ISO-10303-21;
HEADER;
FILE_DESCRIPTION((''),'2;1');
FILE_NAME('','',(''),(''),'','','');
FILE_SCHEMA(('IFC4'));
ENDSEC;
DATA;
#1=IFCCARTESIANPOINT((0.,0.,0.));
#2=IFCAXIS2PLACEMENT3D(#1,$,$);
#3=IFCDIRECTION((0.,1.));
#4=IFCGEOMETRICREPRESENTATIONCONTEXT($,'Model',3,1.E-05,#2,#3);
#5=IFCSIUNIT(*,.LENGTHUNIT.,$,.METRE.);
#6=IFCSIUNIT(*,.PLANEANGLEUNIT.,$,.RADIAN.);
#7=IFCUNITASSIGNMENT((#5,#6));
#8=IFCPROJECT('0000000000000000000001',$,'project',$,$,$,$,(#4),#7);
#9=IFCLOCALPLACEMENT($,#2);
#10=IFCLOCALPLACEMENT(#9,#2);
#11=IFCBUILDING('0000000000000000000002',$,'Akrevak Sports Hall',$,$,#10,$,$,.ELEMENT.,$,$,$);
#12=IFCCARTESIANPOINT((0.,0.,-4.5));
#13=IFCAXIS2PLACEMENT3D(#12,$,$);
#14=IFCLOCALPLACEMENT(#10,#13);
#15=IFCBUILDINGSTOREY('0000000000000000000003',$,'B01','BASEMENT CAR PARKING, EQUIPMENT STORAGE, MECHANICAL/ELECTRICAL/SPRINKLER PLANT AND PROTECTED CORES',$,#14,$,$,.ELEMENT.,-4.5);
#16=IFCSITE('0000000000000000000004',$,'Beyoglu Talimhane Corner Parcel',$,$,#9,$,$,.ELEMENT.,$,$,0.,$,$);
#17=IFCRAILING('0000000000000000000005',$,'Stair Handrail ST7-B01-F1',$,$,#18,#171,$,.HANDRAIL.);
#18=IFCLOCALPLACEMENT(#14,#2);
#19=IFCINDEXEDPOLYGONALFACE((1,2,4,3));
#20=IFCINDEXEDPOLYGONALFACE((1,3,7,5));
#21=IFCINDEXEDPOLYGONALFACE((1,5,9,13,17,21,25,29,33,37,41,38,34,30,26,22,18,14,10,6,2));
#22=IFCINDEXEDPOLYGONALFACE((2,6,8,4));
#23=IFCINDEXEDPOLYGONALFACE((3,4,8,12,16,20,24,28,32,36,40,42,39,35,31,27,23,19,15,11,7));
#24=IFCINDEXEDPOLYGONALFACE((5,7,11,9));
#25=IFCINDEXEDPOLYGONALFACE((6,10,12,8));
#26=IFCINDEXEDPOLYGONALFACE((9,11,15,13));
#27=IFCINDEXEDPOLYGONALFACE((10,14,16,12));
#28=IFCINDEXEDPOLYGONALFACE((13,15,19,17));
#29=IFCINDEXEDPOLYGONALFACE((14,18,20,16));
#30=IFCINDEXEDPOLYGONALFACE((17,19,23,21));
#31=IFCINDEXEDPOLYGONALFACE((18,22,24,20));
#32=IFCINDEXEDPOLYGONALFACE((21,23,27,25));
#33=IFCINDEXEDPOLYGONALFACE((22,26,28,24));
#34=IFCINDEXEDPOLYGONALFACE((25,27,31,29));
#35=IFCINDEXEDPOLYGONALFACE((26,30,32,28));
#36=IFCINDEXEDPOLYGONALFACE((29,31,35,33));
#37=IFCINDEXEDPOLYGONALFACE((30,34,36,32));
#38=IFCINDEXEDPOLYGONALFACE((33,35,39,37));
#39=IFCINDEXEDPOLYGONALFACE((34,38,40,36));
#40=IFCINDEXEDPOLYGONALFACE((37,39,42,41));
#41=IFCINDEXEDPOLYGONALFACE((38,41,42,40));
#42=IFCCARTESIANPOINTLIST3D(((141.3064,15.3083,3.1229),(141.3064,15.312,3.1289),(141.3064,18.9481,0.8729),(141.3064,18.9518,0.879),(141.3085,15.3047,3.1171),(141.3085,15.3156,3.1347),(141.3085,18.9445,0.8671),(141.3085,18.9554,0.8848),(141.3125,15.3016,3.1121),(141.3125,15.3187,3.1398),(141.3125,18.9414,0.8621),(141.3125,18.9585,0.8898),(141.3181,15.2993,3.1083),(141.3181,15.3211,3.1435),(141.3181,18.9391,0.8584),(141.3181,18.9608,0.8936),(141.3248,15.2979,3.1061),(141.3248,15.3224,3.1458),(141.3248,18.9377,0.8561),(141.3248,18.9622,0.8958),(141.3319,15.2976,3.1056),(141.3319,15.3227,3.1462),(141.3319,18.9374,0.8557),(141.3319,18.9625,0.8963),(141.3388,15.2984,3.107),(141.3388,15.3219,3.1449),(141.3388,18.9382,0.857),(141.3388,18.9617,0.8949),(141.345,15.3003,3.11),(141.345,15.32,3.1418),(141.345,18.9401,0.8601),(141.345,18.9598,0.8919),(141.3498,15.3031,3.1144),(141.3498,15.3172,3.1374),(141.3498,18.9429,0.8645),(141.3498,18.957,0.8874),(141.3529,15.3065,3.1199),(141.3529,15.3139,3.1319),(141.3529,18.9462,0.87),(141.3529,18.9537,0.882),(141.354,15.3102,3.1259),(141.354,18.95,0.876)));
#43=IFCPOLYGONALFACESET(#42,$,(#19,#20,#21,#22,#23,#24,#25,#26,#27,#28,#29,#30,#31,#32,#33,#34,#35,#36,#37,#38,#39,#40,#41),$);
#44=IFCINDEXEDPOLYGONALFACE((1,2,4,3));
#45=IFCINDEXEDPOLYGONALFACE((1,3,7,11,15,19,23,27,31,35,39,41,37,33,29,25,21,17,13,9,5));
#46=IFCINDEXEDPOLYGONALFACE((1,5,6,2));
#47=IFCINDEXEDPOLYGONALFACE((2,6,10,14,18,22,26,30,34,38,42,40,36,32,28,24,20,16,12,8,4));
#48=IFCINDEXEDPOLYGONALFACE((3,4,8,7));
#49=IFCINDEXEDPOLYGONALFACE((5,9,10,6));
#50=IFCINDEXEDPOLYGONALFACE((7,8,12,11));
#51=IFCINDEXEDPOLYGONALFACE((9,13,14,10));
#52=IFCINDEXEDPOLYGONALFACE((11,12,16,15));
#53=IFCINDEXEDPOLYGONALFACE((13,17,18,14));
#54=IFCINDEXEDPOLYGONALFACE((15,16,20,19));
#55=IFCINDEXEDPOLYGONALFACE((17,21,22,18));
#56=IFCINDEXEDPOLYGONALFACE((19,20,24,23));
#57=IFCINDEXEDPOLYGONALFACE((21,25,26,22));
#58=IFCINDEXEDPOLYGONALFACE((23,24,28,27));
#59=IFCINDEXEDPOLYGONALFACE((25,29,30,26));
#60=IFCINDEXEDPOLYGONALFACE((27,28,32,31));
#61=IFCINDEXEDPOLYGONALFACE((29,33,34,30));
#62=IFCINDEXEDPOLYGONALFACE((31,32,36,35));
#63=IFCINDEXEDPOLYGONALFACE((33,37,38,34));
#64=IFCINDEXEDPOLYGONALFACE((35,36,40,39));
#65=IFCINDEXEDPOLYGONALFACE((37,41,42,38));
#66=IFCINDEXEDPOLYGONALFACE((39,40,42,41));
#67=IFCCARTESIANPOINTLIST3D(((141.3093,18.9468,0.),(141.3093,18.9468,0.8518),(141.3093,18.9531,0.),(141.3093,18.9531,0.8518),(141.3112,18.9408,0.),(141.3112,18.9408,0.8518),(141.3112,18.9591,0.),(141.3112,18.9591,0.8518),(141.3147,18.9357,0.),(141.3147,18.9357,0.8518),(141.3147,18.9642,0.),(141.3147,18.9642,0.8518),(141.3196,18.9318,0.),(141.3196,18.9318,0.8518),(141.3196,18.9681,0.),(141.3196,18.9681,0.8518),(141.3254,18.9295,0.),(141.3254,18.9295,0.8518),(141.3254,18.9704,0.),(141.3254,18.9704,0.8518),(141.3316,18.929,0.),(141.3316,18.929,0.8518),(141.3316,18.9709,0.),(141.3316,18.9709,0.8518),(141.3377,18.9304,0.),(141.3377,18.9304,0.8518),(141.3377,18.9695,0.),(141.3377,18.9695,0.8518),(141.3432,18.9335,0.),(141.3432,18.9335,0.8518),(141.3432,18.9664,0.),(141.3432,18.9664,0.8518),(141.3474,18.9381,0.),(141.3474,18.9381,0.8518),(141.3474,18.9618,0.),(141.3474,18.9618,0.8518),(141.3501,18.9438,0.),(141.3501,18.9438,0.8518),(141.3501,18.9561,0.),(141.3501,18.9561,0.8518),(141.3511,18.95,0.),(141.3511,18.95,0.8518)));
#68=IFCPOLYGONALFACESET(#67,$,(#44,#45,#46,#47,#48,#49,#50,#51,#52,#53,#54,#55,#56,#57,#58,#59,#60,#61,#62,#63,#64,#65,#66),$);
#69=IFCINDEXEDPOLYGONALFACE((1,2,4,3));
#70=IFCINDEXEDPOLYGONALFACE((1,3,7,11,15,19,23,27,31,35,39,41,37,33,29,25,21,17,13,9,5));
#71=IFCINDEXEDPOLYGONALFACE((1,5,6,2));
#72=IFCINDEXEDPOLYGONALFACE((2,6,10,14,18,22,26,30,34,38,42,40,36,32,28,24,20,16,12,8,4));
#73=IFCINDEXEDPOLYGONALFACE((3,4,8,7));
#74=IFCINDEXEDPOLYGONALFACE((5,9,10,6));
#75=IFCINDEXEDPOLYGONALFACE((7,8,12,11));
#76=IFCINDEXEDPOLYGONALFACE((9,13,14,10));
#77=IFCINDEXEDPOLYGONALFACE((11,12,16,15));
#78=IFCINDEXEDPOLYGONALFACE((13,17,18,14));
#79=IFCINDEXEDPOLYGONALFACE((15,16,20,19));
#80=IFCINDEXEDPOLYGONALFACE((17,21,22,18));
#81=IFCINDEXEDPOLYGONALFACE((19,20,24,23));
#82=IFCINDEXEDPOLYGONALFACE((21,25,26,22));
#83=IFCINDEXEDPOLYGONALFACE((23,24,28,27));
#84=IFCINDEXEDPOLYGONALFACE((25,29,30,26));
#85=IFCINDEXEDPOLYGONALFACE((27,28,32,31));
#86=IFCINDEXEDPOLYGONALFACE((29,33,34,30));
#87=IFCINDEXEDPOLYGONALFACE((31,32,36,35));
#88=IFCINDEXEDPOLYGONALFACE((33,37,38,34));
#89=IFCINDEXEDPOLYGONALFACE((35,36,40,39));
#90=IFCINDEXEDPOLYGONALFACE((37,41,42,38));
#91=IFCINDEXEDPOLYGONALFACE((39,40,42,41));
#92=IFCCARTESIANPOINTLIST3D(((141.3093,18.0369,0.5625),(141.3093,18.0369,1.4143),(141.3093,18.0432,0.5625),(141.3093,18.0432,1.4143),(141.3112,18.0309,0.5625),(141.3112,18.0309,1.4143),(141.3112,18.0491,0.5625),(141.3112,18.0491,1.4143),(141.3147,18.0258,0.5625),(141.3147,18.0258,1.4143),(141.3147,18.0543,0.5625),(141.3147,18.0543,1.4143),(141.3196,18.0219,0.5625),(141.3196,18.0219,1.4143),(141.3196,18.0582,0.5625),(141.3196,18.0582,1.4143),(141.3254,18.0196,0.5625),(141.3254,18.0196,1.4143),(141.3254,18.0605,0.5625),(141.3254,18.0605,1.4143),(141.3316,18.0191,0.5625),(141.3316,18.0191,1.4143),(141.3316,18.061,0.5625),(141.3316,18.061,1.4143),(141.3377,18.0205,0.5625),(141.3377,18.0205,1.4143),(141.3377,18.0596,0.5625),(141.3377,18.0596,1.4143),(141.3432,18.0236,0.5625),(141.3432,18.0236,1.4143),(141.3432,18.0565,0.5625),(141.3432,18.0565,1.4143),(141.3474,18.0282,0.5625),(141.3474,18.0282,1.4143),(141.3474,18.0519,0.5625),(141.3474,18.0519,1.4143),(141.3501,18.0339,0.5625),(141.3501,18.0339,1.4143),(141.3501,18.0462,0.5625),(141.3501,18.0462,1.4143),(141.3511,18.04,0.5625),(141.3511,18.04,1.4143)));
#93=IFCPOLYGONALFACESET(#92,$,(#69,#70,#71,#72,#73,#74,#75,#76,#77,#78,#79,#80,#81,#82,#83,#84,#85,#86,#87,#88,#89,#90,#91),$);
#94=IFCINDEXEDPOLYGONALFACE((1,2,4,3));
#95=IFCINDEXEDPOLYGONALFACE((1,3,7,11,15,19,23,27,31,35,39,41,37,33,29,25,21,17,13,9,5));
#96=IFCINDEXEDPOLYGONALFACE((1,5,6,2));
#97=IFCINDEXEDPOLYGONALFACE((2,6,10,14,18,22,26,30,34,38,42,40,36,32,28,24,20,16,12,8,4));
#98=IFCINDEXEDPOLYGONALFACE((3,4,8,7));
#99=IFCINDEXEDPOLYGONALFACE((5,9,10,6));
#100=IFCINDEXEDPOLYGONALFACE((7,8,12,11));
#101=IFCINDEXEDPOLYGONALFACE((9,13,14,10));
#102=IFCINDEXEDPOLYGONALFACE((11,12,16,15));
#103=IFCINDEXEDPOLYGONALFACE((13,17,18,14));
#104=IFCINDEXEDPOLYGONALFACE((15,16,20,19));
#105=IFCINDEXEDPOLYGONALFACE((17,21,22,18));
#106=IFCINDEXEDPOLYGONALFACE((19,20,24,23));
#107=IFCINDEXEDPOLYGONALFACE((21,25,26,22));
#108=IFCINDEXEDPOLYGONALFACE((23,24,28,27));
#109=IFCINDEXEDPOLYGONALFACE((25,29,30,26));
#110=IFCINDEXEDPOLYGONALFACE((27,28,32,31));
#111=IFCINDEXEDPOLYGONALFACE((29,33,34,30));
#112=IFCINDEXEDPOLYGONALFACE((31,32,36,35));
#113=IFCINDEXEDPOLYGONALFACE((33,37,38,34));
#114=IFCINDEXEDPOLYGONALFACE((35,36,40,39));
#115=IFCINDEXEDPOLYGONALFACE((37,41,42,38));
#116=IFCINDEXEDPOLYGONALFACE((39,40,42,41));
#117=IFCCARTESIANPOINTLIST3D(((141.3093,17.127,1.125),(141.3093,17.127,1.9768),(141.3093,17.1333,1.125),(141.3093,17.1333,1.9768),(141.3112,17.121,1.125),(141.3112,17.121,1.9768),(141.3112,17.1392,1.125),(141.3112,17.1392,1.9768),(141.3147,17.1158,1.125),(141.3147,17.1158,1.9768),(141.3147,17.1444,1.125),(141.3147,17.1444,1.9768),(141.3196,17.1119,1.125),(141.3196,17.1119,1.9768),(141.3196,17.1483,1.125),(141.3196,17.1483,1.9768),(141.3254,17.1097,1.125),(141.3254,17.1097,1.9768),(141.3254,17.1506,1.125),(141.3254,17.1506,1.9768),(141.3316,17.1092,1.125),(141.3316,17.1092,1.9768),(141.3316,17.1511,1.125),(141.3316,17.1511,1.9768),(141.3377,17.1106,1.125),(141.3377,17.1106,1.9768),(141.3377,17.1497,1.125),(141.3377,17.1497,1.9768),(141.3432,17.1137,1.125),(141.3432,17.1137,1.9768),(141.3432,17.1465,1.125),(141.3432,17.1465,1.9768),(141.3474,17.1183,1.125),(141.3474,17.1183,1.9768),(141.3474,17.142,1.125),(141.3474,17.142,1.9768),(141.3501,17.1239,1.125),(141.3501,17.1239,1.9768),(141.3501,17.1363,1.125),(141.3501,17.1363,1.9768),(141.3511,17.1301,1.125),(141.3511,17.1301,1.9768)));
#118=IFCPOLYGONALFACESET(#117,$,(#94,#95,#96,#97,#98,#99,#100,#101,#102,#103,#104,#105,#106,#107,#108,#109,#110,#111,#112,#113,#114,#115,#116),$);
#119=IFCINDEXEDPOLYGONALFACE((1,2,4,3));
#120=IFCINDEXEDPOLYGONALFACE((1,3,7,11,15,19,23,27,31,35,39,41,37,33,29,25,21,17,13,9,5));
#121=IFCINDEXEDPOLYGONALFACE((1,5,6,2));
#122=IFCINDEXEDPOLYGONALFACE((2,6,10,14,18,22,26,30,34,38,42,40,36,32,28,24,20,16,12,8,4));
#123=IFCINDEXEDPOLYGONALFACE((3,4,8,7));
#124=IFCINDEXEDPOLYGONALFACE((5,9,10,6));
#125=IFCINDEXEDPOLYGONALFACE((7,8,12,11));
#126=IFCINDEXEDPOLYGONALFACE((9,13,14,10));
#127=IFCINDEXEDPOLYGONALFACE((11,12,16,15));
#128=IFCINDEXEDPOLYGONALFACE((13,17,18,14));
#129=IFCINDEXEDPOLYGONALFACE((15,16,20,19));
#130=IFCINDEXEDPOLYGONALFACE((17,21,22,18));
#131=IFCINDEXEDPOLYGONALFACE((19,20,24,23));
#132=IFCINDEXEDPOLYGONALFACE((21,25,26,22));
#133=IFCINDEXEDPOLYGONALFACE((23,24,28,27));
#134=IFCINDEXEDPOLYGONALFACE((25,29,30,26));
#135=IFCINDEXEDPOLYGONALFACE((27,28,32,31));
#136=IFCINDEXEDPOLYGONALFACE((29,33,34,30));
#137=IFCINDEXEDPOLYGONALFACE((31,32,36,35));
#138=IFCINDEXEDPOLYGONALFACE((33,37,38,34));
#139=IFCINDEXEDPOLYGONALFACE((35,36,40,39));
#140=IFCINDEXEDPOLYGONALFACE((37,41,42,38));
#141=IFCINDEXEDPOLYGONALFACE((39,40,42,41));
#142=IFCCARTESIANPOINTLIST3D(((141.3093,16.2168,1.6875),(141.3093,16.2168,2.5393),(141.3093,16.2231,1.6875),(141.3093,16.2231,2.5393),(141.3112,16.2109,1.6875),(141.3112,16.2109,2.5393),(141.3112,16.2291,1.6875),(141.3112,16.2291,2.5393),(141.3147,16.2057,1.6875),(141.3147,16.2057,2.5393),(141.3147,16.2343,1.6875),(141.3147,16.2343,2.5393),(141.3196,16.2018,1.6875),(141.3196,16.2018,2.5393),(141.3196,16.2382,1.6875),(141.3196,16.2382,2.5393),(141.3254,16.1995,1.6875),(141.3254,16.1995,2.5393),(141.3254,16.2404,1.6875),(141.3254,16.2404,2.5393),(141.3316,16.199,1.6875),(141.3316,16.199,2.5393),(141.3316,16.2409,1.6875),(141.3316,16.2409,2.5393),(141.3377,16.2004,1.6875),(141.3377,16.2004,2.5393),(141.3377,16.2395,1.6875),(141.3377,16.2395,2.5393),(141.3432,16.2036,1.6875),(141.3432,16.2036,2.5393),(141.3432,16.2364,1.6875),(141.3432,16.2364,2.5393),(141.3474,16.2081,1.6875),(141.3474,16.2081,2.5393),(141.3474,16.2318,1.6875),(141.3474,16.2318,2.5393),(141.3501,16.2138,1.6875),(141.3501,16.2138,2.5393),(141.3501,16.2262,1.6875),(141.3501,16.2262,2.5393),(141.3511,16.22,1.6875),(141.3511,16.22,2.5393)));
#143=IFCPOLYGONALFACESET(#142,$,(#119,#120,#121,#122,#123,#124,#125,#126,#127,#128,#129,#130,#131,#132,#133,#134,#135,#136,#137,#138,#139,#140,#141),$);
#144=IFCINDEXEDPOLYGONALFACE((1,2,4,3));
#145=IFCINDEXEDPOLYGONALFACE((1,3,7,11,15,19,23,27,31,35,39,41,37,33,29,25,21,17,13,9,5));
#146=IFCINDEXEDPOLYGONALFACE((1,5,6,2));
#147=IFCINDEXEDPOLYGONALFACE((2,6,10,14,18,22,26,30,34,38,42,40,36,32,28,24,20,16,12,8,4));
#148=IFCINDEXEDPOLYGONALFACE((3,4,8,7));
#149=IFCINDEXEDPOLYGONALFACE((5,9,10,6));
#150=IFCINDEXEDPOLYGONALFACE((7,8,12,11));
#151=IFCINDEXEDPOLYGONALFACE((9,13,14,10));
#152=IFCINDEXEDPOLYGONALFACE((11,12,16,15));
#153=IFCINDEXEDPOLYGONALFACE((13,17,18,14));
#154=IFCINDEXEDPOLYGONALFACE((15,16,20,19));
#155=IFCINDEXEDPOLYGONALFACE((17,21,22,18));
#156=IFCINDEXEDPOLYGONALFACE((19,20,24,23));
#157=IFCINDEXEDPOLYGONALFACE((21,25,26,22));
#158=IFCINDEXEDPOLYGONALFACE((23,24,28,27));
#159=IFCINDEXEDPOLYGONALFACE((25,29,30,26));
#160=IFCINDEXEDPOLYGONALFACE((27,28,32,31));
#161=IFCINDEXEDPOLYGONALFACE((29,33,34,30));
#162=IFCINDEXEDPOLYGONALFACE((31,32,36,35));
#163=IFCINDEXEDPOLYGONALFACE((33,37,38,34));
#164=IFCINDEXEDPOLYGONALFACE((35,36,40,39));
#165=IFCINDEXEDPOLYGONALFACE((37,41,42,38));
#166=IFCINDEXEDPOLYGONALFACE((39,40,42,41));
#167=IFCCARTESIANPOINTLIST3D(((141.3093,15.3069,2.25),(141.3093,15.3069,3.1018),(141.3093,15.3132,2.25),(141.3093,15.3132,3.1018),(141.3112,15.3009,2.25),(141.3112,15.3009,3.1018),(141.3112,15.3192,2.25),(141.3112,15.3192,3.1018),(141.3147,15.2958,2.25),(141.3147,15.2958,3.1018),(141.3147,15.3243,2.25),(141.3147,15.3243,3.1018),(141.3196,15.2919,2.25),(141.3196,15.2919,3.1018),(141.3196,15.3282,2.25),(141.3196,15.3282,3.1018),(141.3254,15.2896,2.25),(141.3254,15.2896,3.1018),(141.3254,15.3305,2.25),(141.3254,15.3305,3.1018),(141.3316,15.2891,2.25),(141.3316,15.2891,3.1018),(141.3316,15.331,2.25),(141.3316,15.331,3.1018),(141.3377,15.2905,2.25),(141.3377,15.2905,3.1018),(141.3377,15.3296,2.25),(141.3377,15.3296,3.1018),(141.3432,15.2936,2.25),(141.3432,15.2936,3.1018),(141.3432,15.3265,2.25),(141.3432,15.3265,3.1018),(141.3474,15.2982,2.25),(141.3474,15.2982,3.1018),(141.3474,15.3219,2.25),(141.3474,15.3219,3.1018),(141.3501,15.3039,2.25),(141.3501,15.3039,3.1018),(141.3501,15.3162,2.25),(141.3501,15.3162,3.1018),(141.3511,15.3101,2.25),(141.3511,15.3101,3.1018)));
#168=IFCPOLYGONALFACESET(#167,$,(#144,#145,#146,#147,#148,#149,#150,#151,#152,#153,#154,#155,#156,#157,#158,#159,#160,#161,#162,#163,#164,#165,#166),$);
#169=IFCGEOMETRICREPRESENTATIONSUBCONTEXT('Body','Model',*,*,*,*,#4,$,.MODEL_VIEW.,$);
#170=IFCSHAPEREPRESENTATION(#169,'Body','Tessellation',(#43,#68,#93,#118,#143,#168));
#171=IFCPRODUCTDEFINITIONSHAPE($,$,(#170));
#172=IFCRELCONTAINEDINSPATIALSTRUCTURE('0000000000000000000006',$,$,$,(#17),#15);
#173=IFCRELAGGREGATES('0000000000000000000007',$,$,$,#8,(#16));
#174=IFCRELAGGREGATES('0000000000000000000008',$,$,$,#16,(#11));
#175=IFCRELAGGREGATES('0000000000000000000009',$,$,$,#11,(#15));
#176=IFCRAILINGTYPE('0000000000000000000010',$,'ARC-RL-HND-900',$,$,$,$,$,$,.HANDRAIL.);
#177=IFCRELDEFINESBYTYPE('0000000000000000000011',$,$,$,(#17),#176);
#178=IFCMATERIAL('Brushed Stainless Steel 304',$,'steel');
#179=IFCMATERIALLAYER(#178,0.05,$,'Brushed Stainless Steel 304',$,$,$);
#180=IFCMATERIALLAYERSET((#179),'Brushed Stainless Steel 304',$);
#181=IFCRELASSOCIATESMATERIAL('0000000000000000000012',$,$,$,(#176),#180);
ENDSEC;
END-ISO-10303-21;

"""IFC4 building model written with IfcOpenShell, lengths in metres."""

from ifc_helpers import new_model, si_unit, direction, frame, origin, origin_2d, place, context, subcontext, project, spatial, circle, extrude, material, layer, layer_set, type_object, element, save


model = new_model("IFC4")

# Units and contexts
model_context = context("Model", 3, precision=1e-05, world=origin(), true_north=direction((0.0, 1.0)))
body_context = subcontext(model_context, "Body", "Model", "MODEL_VIEW")
ifc_project = project(units=[si_unit("LENGTHUNIT", "METRE"), si_unit("PLANEANGLEUNIT", "RADIAN")], contexts=[model_context])

# Site, building, storey
site_placement = place(None, origin())
site = spatial("IfcSite", under=ifc_project, at=site_placement, Name="Beyoglu Talimhane Corner Parcel", CompositionType="ELEMENT", RefElevation=0.0)
building_placement = place(site_placement, origin())
building = spatial("IfcBuilding", under=site, at=building_placement, Name="Akrevak Sports Hall", CompositionType="ELEMENT")
storey_placement = place(building_placement, frame((0.0, 0.0, -4.5)))
storey = spatial("IfcBuildingStorey", under=building, at=storey_placement, Name="B01", Description="BASEMENT CAR PARKING, EQUIPMENT STORAGE, MECHANICAL/ELECTRICAL/SPRINKLER PLANT AND PROTECTED CORES", CompositionType="ELEMENT", Elevation=-4.5)

# Railing
ifc_material_1 = material(Name="Brushed Stainless Steel 304", Category="steel")
ifc_layer_1 = layer(ifc_material_1, 0.05, Name="Brushed Stainless Steel 304")
ifc_layer_set_1 = layer_set([ifc_layer_1], Name="Brushed Stainless Steel 304")
railing_type_1 = type_object("IfcRailingType", Name="ARC-RL-HND-900", PredefinedType="HANDRAIL", material=ifc_layer_set_1)
railing_1_placement = place(storey_placement, frame((141.3301, 18.95, 0.0)))
element("IfcRailing", 1, at=railing_1_placement, inside=storey, type_object=railing_type_1, Name="Stair Handrail ST7-B01-F1", PredefinedType="HANDRAIL", context=body_context, shape_type="SweptSolid", body=[
    extrude(circle(Radius=0.0239, at=origin_2d()), frame((0.0, 0.0, 0.876), z_axis=(0.0, -0.850607, 0.525803), x_axis=(1.0, 0.0, 0.0)), (0.0, 0.0, 1.0), 4.2791),
    extrude(circle(Radius=0.021, at=origin_2d()), origin(), (0.0, 0.0, 1.0), 0.8518),
    extrude(circle(Radius=0.021, at=origin_2d()), frame((0.0, -0.9099, 0.5625)), (0.0, 0.0, 1.0), 0.8518),
    extrude(circle(Radius=0.021, at=origin_2d()), frame((0.0, -1.8198, 1.125)), (0.0, 0.0, 1.0), 0.8518),
    extrude(circle(Radius=0.021, at=origin_2d()), frame((0.0, -2.73, 1.6875)), (0.0, 0.0, 1.0), 0.8518),
    extrude(circle(Radius=0.021, at=origin_2d()), frame((0.0, -3.6399, 2.25)), (0.0, 0.0, 1.0), 0.8518),
])

save(model, "model.ifc")
